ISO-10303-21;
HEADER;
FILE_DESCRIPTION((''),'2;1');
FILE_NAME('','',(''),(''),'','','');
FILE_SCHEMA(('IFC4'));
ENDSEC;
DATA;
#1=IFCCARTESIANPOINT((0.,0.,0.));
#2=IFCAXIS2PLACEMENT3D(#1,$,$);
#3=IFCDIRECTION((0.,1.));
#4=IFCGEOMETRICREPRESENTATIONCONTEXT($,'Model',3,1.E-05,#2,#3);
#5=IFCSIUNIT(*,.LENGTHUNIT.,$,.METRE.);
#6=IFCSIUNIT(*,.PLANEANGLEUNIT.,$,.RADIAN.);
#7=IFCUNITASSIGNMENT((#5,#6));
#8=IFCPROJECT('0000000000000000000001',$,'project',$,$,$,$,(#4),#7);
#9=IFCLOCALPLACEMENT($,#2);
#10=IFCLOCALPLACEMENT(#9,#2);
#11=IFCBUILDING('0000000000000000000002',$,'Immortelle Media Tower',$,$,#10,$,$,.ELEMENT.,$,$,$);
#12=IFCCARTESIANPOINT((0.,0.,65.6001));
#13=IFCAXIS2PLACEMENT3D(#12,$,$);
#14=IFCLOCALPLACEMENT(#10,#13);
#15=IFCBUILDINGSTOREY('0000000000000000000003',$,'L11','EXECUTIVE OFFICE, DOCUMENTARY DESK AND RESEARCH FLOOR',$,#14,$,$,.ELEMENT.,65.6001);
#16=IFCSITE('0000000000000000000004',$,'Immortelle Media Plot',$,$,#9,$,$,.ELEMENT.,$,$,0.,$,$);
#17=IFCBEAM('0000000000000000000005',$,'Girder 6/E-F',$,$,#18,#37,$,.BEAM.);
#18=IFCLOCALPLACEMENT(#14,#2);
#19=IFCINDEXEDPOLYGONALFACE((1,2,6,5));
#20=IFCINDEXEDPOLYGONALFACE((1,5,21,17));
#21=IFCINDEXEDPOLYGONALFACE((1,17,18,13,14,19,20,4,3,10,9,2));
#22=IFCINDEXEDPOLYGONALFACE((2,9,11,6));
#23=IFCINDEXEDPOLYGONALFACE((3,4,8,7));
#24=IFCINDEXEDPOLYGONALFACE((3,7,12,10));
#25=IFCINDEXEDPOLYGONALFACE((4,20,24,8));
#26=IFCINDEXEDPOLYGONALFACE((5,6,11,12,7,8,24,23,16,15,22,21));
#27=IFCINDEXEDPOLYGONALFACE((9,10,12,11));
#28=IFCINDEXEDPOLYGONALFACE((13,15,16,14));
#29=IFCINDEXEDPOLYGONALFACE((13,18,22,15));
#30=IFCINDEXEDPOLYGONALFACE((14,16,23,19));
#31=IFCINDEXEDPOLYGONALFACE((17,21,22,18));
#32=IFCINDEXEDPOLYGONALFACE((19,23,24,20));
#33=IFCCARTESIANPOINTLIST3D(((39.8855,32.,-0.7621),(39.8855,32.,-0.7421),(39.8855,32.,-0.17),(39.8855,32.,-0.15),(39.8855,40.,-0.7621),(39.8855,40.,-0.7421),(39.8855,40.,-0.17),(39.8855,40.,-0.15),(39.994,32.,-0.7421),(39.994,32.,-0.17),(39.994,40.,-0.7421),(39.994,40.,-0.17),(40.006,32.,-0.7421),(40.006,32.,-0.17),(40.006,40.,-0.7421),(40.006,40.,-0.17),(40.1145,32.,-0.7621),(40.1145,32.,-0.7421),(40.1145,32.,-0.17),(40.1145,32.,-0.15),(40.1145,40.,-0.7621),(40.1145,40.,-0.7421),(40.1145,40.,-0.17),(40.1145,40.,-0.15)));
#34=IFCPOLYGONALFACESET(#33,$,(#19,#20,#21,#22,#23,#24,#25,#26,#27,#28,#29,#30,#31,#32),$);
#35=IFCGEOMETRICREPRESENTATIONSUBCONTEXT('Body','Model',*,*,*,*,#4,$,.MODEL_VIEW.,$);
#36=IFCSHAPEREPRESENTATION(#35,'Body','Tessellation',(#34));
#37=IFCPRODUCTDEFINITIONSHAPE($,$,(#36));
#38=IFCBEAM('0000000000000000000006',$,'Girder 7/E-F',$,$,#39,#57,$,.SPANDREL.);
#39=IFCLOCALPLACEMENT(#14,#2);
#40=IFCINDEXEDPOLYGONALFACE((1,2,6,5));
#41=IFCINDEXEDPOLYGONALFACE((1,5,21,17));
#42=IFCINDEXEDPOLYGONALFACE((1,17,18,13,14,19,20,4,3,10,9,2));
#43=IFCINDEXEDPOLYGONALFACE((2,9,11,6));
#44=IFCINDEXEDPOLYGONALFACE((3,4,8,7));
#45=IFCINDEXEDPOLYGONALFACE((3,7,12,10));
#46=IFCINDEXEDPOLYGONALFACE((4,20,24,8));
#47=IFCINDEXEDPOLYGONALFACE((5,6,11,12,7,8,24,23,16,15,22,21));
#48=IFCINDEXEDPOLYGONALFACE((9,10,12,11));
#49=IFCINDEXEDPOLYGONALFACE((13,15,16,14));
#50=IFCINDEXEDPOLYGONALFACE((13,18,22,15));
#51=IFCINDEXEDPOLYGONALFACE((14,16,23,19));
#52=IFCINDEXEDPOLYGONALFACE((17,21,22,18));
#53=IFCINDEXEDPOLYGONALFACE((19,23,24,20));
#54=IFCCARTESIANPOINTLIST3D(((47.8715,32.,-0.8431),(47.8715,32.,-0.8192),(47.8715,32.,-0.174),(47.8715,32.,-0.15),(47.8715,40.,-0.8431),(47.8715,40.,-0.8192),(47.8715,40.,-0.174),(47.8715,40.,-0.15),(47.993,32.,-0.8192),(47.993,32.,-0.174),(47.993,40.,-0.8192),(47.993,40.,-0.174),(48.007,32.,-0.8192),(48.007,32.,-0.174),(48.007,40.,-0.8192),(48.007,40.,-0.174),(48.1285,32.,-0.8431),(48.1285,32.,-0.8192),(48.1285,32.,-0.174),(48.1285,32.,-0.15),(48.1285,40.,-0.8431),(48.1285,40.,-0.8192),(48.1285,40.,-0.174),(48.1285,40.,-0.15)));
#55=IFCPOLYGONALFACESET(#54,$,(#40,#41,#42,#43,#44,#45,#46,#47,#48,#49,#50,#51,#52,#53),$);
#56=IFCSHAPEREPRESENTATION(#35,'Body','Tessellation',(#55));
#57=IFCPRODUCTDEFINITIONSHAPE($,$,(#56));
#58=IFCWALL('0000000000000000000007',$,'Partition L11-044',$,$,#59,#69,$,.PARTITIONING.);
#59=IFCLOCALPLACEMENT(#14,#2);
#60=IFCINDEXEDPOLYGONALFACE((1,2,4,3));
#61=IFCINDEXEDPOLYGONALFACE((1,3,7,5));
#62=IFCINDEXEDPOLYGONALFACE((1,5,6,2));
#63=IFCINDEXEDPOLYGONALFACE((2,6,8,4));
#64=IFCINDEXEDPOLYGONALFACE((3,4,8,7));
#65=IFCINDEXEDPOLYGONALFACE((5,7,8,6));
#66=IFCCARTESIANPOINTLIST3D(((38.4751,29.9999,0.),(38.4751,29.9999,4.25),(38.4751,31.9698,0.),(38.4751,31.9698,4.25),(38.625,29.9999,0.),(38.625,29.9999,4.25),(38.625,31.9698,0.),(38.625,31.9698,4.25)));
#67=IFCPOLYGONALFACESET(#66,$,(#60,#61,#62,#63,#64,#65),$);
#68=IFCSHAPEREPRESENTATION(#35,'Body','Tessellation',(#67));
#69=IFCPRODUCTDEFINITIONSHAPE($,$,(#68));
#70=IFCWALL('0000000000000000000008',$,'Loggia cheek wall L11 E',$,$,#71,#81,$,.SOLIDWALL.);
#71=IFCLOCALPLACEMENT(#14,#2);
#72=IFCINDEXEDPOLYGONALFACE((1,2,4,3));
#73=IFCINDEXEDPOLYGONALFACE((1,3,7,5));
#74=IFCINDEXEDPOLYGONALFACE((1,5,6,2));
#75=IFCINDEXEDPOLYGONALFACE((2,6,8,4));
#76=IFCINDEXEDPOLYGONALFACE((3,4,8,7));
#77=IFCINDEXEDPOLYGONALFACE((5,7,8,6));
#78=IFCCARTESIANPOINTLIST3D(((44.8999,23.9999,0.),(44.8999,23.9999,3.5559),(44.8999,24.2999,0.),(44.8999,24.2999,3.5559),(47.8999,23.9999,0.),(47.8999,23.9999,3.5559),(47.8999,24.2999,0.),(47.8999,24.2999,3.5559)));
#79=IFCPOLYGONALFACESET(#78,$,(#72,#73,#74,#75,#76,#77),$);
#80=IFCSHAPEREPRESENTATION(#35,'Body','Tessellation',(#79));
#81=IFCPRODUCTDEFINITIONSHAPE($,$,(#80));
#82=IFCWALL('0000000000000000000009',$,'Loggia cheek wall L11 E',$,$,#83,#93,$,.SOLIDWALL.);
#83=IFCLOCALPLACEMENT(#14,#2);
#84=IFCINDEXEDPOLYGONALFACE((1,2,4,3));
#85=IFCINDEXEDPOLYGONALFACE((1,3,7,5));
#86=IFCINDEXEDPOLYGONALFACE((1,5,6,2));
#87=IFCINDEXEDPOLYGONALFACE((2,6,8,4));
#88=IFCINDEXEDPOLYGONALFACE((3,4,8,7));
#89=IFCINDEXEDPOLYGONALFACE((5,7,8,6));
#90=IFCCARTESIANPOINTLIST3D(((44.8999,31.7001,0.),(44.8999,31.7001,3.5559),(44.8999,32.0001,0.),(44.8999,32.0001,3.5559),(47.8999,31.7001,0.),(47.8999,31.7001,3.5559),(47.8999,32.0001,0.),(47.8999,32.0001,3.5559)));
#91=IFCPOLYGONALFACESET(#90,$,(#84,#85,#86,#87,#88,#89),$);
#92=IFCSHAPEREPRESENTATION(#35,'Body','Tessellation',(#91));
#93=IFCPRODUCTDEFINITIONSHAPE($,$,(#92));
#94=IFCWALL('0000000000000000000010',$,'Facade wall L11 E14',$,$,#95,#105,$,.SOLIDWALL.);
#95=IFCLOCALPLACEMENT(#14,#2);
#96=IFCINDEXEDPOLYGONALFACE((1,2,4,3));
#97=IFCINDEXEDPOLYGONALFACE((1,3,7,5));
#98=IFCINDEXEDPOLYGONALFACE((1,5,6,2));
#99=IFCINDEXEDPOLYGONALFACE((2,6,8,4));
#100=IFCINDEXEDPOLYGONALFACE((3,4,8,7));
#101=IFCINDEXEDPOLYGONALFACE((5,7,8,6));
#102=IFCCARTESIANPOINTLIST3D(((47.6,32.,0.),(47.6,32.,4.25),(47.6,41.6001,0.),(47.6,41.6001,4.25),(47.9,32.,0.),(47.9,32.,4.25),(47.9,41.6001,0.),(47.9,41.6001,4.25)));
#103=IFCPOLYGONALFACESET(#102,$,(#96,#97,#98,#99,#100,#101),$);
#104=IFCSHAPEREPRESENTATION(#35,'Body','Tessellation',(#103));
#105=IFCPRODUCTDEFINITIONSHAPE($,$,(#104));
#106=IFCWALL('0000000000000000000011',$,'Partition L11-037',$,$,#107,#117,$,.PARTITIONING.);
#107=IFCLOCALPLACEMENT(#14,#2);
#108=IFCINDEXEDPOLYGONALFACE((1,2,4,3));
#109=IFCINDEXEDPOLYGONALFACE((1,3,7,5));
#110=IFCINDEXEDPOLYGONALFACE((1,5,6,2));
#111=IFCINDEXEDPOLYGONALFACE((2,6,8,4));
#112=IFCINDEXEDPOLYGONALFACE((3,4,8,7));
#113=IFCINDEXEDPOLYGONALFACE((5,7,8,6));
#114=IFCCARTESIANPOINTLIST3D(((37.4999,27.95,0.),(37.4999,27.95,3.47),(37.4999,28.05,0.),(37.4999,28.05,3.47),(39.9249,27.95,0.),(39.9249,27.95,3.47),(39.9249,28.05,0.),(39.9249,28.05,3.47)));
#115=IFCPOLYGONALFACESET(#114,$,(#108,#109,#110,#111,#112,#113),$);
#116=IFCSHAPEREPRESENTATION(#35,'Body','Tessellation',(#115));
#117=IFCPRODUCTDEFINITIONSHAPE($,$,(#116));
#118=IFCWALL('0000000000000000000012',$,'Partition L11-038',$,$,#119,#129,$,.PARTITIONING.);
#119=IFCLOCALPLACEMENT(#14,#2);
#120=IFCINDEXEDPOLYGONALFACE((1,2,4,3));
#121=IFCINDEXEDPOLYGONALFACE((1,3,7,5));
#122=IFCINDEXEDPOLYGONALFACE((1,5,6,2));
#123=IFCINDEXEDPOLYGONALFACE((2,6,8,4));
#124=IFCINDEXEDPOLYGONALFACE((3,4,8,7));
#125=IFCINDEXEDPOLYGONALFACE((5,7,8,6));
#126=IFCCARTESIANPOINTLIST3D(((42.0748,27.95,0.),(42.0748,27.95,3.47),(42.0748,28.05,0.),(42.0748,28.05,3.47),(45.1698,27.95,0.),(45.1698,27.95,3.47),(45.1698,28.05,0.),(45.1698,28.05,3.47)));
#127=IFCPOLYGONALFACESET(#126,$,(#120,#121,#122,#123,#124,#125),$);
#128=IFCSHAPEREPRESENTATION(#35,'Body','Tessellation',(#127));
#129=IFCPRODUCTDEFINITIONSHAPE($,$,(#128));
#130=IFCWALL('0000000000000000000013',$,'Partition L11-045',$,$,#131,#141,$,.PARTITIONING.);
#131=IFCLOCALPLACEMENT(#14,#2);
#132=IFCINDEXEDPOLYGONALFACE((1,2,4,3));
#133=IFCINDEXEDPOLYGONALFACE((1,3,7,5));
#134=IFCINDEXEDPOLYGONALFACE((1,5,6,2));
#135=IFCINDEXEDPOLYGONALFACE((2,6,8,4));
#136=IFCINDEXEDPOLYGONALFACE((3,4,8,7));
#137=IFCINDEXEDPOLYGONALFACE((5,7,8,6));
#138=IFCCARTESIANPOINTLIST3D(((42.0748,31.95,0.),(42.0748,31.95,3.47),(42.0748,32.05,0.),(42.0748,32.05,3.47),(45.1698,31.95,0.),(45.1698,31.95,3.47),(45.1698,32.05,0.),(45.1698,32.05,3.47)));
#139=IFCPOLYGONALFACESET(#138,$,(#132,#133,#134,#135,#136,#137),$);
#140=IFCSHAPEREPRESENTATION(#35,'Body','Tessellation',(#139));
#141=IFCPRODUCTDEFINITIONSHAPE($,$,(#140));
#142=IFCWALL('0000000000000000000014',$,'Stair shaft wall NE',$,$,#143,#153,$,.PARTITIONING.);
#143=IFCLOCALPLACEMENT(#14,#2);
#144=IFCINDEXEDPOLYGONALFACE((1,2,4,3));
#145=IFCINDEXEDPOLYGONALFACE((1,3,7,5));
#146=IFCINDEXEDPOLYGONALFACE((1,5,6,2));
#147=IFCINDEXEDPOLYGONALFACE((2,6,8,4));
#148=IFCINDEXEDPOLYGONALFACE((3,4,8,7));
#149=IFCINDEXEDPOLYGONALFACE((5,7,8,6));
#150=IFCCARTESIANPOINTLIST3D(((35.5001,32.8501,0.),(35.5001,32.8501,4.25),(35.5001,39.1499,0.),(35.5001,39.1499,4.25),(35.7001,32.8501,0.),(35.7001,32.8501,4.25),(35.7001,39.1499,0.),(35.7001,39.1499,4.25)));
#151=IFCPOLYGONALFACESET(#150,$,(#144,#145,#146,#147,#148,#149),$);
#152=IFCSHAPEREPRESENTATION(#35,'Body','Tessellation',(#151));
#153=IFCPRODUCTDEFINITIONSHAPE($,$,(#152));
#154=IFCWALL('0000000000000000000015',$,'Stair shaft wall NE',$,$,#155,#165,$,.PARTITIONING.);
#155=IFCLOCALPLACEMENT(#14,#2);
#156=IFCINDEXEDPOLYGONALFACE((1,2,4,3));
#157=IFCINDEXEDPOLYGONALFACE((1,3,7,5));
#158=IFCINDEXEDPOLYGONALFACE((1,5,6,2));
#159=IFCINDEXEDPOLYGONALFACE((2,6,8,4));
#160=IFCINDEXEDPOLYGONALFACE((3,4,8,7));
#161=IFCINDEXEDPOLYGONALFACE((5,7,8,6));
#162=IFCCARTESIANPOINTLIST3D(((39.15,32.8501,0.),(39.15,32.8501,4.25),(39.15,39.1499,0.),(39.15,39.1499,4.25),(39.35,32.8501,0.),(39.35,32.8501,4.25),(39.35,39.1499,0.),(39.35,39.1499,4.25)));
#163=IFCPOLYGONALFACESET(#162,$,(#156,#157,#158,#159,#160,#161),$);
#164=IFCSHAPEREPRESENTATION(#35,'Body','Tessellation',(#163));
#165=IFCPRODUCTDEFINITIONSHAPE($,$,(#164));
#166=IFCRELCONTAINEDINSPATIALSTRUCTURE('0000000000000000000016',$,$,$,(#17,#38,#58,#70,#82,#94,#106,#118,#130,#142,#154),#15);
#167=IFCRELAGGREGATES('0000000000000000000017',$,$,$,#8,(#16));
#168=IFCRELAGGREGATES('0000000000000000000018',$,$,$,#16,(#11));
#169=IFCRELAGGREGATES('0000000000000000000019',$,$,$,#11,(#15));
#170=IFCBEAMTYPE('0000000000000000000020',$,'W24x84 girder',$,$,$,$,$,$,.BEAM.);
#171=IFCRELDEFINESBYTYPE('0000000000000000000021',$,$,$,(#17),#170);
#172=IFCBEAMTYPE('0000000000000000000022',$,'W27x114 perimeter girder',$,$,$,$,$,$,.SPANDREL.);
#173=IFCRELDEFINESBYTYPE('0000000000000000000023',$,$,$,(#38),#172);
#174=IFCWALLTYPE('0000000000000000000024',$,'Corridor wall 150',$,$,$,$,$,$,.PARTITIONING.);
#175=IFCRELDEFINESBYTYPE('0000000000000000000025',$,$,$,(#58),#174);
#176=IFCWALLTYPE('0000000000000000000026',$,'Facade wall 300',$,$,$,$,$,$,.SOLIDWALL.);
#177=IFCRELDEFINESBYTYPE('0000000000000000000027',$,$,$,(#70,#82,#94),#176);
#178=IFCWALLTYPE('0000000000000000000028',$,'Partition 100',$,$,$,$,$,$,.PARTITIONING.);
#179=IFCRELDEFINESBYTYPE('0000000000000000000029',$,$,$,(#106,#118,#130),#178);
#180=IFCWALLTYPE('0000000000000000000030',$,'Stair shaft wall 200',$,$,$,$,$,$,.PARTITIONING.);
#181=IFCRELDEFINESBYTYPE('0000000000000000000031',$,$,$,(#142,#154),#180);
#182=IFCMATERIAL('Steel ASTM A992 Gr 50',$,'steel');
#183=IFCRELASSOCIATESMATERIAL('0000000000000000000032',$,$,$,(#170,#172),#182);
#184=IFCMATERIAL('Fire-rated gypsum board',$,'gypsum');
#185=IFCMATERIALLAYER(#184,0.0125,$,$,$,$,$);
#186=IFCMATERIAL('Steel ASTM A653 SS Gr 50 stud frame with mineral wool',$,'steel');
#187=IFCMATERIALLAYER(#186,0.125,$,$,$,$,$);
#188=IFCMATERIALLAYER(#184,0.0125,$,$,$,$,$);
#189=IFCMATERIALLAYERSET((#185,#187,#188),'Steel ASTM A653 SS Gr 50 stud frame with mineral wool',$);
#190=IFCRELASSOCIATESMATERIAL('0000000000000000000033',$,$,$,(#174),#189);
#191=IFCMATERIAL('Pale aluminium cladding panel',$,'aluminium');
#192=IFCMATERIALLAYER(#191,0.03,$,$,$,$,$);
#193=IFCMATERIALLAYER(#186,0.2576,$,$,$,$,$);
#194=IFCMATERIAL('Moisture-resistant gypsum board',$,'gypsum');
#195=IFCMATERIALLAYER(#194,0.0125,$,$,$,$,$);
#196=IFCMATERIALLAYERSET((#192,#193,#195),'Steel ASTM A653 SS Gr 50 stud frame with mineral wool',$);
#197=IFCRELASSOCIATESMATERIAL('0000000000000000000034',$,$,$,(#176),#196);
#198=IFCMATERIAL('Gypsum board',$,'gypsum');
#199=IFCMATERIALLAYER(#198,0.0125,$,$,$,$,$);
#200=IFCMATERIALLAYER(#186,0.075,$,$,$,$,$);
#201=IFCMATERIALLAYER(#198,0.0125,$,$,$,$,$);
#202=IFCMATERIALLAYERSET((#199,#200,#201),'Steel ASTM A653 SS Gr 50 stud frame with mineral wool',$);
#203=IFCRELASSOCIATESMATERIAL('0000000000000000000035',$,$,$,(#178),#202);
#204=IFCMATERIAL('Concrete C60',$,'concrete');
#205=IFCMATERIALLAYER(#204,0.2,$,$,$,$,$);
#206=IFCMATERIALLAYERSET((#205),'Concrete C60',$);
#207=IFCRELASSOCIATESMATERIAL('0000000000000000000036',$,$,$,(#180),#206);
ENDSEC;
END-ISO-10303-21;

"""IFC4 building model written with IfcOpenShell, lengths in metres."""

from ifc_helpers import new_model, si_unit, direction, frame, frame_2d, origin, origin_2d, place, context, subcontext, project, spatial, rectangle, i_section, extrude, material, layer, layer_set, material_profile, profile_set, type_object, element, save


model = new_model("IFC4")

# Units and contexts
model_context = context("Model", 3, precision=1e-05, world=origin(), true_north=direction((0.0, 1.0)))
body_context = subcontext(model_context, "Body", "Model", "MODEL_VIEW")
ifc_project = project(units=[si_unit("LENGTHUNIT", "METRE"), si_unit("PLANEANGLEUNIT", "RADIAN")], contexts=[model_context])

# Site, building, storey
site_placement = place(None, origin())
site = spatial("IfcSite", under=ifc_project, at=site_placement, Name="Immortelle Media Plot", CompositionType="ELEMENT", RefElevation=0.0)
building_placement = place(site_placement, origin())
building = spatial("IfcBuilding", under=site, at=building_placement, Name="Immortelle Media Tower", CompositionType="ELEMENT")
storey_placement = place(building_placement, frame((0.0, 0.0, 65.6001)))
storey = spatial("IfcBuildingStorey", under=building, at=storey_placement, Name="L11", Description="EXECUTIVE OFFICE, DOCUMENTARY DESK AND RESEARCH FLOOR", CompositionType="ELEMENT", Elevation=65.6001)

# Shared definitions
ifc_material_1 = material(Name="Steel ASTM A992 Gr 50", Category="steel")

# Beams
ifc_material_profile_1 = material_profile(ifc_material_1, i_section(OverallWidth=0.229, OverallDepth=0.6121, WebThickness=0.012, FlangeThickness=0.02, at=origin_2d()), Name="W24x84")
ifc_profile_set_1 = profile_set([ifc_material_profile_1], Name="Steel ASTM A992 Gr 50")
beam_type_1 = type_object("IfcBeamType", Name="W24x84 girder", PredefinedType="BEAM", material=ifc_profile_set_1)
for number, where, z_axis, x_axis, name in (
    (1, (40.0, 32.0, -0.4561), (0.0, 1.0, 0.0), (-1.0, 0.0, 0.0), "Girder 6/E-F"),
):
    element("IfcBeam", number, at=place(storey_placement, frame(where, z_axis=z_axis, x_axis=x_axis)), inside=storey, type_object=beam_type_1, Name=name, PredefinedType="BEAM", context=body_context, shape_type="SweptSolid", body=[
        extrude(i_section(OverallWidth=0.229, OverallDepth=0.6121, WebThickness=0.012, FlangeThickness=0.02, at=origin_2d()), origin(), (0.0, 0.0, 1.0), 8.0),
    ])
ifc_material_profile_2 = material_profile(ifc_material_1, i_section(OverallWidth=0.2571, OverallDepth=0.6931, WebThickness=0.0139, FlangeThickness=0.0239, at=origin_2d()), Name="W27x114")
ifc_profile_set_2 = profile_set([ifc_material_profile_2], Name="Steel ASTM A992 Gr 50")
beam_type_2 = type_object("IfcBeamType", Name="W27x114 perimeter girder", PredefinedType="SPANDREL", material=ifc_profile_set_2)
beam_1_placement = place(storey_placement, frame((48.0, 32.0, -0.4966), z_axis=(0.0, 1.0, 0.0), x_axis=(-1.0, 0.0, 0.0)))
element("IfcBeam", 2, at=beam_1_placement, inside=storey, type_object=beam_type_2, Name="Girder 7/E-F", PredefinedType="SPANDREL", context=body_context, shape_type="SweptSolid", body=[
    extrude(i_section(OverallWidth=0.2571, OverallDepth=0.6931, WebThickness=0.0139, FlangeThickness=0.0239, at=origin_2d()), origin(), (0.0, 0.0, 1.0), 8.0),
])

# Wall
ifc_material_2 = material(Name="Fire-rated gypsum board", Category="gypsum")
ifc_layer_1 = layer(ifc_material_2, 0.0125)
ifc_material_3 = material(Name="Steel ASTM A653 SS Gr 50 stud frame with mineral wool", Category="steel")
ifc_layer_2 = layer(ifc_material_3, 0.125)
ifc_layer_3 = layer(ifc_material_2, 0.0125)
ifc_layer_set_1 = layer_set([ifc_layer_1, ifc_layer_2, ifc_layer_3], Name="Steel ASTM A653 SS Gr 50 stud frame with mineral wool")
wall_type_1 = type_object("IfcWallType", Name="Corridor wall 150", PredefinedType="PARTITIONING", material=ifc_layer_set_1)
wall_1_placement = place(storey_placement, frame((38.55, 30.0, 0.0), z_axis=(0.0, 0.0, 1.0), x_axis=(0.0, 1.0, 0.0)))
element("IfcWall", 3, at=wall_1_placement, inside=storey, type_object=wall_type_1, Name="Partition L11-044", PredefinedType="PARTITIONING", context=body_context, shape_type="SweptSolid", body=[
    extrude(rectangle(XDim=1.97, YDim=0.1499, at=frame_2d((0.9849, 0.0))), origin(), (0.0, 0.0, 1.0), 4.25),
])

# Shared definitions
ifc_material_4 = material(Name="Pale aluminium cladding panel", Category="aluminium")
ifc_layer_4 = layer(ifc_material_4, 0.03)
ifc_layer_5 = layer(ifc_material_3, 0.2576)
ifc_material_5 = material(Name="Moisture-resistant gypsum board", Category="gypsum")
ifc_layer_6 = layer(ifc_material_5, 0.0125)
ifc_layer_set_2 = layer_set([ifc_layer_4, ifc_layer_5, ifc_layer_6], Name="Steel ASTM A653 SS Gr 50 stud frame with mineral wool")
wall_type_2 = type_object("IfcWallType", Name="Facade wall 300", PredefinedType="SOLIDWALL", material=ifc_layer_set_2)

# Walls
for number, where, z_axis, x_axis, name in (
    (4, (47.8999, 24.1499, 0.0), (0.0, 0.0, 1.0), (-1.0, 0.0, 0.0), "Loggia cheek wall L11 E"),
    (5, (47.8999, 31.8501, 0.0), (0.0, 0.0, 1.0), (-1.0, 0.0, 0.0), "Loggia cheek wall L11 E"),
):
    element("IfcWall", number, at=place(storey_placement, frame(where, z_axis=z_axis, x_axis=x_axis)), inside=storey, type_object=wall_type_2, Name=name, PredefinedType="SOLIDWALL", context=body_context, shape_type="SweptSolid", body=[
        extrude(rectangle(XDim=3.0, YDim=0.3, at=frame_2d((1.5, 0.0))), origin(), (0.0, 0.0, 1.0), 3.5559),
    ])
wall_2_placement = place(storey_placement, frame((47.75, 32.0, 0.0), z_axis=(0.0, 0.0, 1.0), x_axis=(0.0, 1.0, 0.0)))
element("IfcWall", 6, at=wall_2_placement, inside=storey, type_object=wall_type_2, Name="Facade wall L11 E14", PredefinedType="SOLIDWALL", context=body_context, shape_type="SweptSolid", body=[
    extrude(rectangle(XDim=9.6001, YDim=0.3, at=frame_2d((4.8, 0.0))), origin(), (0.0, 0.0, 1.0), 4.25),
])
ifc_material_6 = material(Name="Gypsum board", Category="gypsum")
ifc_layer_7 = layer(ifc_material_6, 0.0125)
ifc_layer_8 = layer(ifc_material_3, 0.075)
ifc_layer_9 = layer(ifc_material_6, 0.0125)
ifc_layer_set_3 = layer_set([ifc_layer_7, ifc_layer_8, ifc_layer_9], Name="Steel ASTM A653 SS Gr 50 stud frame with mineral wool")
wall_type_3 = type_object("IfcWallType", Name="Partition 100", PredefinedType="PARTITIONING", material=ifc_layer_set_3)
wall_3_placement = place(storey_placement, frame((37.5, 28.0, 0.0), z_axis=(0.0, 0.0, 1.0), x_axis=(1.0, 0.0, 0.0)))
element("IfcWall", 7, at=wall_3_placement, inside=storey, type_object=wall_type_3, Name="Partition L11-037", PredefinedType="PARTITIONING", context=body_context, shape_type="SweptSolid", body=[
    extrude(rectangle(XDim=2.425, YDim=0.1001, at=frame_2d((1.2124, 0.0))), origin(), (0.0, 0.0, 1.0), 3.47),
])
for number, where, z_axis, x_axis, name in (
    (8, (42.075, 28.0, 0.0), (0.0, 0.0, 1.0), (1.0, 0.0, 0.0), "Partition L11-038"),
    (9, (42.075, 32.0, 0.0), (0.0, 0.0, 1.0), (1.0, 0.0, 0.0), "Partition L11-045"),
):
    element("IfcWall", number, at=place(storey_placement, frame(where, z_axis=z_axis, x_axis=x_axis)), inside=storey, type_object=wall_type_3, Name=name, PredefinedType="PARTITIONING", context=body_context, shape_type="SweptSolid", body=[
        extrude(rectangle(XDim=3.095, YDim=0.1001, at=frame_2d((1.5474, 0.0))), origin(), (0.0, 0.0, 1.0), 3.47),
    ])
ifc_material_7 = material(Name="Concrete C60", Category="concrete")
ifc_layer_10 = layer(ifc_material_7, 0.2)
ifc_layer_set_4 = layer_set([ifc_layer_10], Name="Concrete C60")
wall_type_4 = type_object("IfcWallType", Name="Stair shaft wall 200", PredefinedType="PARTITIONING", material=ifc_layer_set_4)
for number, where, z_axis, x_axis, name in (
    (10, (35.6001, 32.8501, 0.0), (0.0, 0.0, 1.0), (0.0, 1.0, 0.0), "Stair shaft wall NE"),
    (11, (39.25, 32.8501, 0.0), (0.0, 0.0, 1.0), (0.0, 1.0, 0.0), "Stair shaft wall NE"),
):
    element("IfcWall", number, at=place(storey_placement, frame(where, z_axis=z_axis, x_axis=x_axis)), inside=storey, type_object=wall_type_4, Name=name, PredefinedType="PARTITIONING", context=body_context, shape_type="SweptSolid", body=[
        extrude(rectangle(XDim=6.2998, YDim=0.2, at=frame_2d((3.1499, 0.0))), origin(), (0.0, 0.0, 1.0), 4.25),
    ])

save(model, "model.ifc")
